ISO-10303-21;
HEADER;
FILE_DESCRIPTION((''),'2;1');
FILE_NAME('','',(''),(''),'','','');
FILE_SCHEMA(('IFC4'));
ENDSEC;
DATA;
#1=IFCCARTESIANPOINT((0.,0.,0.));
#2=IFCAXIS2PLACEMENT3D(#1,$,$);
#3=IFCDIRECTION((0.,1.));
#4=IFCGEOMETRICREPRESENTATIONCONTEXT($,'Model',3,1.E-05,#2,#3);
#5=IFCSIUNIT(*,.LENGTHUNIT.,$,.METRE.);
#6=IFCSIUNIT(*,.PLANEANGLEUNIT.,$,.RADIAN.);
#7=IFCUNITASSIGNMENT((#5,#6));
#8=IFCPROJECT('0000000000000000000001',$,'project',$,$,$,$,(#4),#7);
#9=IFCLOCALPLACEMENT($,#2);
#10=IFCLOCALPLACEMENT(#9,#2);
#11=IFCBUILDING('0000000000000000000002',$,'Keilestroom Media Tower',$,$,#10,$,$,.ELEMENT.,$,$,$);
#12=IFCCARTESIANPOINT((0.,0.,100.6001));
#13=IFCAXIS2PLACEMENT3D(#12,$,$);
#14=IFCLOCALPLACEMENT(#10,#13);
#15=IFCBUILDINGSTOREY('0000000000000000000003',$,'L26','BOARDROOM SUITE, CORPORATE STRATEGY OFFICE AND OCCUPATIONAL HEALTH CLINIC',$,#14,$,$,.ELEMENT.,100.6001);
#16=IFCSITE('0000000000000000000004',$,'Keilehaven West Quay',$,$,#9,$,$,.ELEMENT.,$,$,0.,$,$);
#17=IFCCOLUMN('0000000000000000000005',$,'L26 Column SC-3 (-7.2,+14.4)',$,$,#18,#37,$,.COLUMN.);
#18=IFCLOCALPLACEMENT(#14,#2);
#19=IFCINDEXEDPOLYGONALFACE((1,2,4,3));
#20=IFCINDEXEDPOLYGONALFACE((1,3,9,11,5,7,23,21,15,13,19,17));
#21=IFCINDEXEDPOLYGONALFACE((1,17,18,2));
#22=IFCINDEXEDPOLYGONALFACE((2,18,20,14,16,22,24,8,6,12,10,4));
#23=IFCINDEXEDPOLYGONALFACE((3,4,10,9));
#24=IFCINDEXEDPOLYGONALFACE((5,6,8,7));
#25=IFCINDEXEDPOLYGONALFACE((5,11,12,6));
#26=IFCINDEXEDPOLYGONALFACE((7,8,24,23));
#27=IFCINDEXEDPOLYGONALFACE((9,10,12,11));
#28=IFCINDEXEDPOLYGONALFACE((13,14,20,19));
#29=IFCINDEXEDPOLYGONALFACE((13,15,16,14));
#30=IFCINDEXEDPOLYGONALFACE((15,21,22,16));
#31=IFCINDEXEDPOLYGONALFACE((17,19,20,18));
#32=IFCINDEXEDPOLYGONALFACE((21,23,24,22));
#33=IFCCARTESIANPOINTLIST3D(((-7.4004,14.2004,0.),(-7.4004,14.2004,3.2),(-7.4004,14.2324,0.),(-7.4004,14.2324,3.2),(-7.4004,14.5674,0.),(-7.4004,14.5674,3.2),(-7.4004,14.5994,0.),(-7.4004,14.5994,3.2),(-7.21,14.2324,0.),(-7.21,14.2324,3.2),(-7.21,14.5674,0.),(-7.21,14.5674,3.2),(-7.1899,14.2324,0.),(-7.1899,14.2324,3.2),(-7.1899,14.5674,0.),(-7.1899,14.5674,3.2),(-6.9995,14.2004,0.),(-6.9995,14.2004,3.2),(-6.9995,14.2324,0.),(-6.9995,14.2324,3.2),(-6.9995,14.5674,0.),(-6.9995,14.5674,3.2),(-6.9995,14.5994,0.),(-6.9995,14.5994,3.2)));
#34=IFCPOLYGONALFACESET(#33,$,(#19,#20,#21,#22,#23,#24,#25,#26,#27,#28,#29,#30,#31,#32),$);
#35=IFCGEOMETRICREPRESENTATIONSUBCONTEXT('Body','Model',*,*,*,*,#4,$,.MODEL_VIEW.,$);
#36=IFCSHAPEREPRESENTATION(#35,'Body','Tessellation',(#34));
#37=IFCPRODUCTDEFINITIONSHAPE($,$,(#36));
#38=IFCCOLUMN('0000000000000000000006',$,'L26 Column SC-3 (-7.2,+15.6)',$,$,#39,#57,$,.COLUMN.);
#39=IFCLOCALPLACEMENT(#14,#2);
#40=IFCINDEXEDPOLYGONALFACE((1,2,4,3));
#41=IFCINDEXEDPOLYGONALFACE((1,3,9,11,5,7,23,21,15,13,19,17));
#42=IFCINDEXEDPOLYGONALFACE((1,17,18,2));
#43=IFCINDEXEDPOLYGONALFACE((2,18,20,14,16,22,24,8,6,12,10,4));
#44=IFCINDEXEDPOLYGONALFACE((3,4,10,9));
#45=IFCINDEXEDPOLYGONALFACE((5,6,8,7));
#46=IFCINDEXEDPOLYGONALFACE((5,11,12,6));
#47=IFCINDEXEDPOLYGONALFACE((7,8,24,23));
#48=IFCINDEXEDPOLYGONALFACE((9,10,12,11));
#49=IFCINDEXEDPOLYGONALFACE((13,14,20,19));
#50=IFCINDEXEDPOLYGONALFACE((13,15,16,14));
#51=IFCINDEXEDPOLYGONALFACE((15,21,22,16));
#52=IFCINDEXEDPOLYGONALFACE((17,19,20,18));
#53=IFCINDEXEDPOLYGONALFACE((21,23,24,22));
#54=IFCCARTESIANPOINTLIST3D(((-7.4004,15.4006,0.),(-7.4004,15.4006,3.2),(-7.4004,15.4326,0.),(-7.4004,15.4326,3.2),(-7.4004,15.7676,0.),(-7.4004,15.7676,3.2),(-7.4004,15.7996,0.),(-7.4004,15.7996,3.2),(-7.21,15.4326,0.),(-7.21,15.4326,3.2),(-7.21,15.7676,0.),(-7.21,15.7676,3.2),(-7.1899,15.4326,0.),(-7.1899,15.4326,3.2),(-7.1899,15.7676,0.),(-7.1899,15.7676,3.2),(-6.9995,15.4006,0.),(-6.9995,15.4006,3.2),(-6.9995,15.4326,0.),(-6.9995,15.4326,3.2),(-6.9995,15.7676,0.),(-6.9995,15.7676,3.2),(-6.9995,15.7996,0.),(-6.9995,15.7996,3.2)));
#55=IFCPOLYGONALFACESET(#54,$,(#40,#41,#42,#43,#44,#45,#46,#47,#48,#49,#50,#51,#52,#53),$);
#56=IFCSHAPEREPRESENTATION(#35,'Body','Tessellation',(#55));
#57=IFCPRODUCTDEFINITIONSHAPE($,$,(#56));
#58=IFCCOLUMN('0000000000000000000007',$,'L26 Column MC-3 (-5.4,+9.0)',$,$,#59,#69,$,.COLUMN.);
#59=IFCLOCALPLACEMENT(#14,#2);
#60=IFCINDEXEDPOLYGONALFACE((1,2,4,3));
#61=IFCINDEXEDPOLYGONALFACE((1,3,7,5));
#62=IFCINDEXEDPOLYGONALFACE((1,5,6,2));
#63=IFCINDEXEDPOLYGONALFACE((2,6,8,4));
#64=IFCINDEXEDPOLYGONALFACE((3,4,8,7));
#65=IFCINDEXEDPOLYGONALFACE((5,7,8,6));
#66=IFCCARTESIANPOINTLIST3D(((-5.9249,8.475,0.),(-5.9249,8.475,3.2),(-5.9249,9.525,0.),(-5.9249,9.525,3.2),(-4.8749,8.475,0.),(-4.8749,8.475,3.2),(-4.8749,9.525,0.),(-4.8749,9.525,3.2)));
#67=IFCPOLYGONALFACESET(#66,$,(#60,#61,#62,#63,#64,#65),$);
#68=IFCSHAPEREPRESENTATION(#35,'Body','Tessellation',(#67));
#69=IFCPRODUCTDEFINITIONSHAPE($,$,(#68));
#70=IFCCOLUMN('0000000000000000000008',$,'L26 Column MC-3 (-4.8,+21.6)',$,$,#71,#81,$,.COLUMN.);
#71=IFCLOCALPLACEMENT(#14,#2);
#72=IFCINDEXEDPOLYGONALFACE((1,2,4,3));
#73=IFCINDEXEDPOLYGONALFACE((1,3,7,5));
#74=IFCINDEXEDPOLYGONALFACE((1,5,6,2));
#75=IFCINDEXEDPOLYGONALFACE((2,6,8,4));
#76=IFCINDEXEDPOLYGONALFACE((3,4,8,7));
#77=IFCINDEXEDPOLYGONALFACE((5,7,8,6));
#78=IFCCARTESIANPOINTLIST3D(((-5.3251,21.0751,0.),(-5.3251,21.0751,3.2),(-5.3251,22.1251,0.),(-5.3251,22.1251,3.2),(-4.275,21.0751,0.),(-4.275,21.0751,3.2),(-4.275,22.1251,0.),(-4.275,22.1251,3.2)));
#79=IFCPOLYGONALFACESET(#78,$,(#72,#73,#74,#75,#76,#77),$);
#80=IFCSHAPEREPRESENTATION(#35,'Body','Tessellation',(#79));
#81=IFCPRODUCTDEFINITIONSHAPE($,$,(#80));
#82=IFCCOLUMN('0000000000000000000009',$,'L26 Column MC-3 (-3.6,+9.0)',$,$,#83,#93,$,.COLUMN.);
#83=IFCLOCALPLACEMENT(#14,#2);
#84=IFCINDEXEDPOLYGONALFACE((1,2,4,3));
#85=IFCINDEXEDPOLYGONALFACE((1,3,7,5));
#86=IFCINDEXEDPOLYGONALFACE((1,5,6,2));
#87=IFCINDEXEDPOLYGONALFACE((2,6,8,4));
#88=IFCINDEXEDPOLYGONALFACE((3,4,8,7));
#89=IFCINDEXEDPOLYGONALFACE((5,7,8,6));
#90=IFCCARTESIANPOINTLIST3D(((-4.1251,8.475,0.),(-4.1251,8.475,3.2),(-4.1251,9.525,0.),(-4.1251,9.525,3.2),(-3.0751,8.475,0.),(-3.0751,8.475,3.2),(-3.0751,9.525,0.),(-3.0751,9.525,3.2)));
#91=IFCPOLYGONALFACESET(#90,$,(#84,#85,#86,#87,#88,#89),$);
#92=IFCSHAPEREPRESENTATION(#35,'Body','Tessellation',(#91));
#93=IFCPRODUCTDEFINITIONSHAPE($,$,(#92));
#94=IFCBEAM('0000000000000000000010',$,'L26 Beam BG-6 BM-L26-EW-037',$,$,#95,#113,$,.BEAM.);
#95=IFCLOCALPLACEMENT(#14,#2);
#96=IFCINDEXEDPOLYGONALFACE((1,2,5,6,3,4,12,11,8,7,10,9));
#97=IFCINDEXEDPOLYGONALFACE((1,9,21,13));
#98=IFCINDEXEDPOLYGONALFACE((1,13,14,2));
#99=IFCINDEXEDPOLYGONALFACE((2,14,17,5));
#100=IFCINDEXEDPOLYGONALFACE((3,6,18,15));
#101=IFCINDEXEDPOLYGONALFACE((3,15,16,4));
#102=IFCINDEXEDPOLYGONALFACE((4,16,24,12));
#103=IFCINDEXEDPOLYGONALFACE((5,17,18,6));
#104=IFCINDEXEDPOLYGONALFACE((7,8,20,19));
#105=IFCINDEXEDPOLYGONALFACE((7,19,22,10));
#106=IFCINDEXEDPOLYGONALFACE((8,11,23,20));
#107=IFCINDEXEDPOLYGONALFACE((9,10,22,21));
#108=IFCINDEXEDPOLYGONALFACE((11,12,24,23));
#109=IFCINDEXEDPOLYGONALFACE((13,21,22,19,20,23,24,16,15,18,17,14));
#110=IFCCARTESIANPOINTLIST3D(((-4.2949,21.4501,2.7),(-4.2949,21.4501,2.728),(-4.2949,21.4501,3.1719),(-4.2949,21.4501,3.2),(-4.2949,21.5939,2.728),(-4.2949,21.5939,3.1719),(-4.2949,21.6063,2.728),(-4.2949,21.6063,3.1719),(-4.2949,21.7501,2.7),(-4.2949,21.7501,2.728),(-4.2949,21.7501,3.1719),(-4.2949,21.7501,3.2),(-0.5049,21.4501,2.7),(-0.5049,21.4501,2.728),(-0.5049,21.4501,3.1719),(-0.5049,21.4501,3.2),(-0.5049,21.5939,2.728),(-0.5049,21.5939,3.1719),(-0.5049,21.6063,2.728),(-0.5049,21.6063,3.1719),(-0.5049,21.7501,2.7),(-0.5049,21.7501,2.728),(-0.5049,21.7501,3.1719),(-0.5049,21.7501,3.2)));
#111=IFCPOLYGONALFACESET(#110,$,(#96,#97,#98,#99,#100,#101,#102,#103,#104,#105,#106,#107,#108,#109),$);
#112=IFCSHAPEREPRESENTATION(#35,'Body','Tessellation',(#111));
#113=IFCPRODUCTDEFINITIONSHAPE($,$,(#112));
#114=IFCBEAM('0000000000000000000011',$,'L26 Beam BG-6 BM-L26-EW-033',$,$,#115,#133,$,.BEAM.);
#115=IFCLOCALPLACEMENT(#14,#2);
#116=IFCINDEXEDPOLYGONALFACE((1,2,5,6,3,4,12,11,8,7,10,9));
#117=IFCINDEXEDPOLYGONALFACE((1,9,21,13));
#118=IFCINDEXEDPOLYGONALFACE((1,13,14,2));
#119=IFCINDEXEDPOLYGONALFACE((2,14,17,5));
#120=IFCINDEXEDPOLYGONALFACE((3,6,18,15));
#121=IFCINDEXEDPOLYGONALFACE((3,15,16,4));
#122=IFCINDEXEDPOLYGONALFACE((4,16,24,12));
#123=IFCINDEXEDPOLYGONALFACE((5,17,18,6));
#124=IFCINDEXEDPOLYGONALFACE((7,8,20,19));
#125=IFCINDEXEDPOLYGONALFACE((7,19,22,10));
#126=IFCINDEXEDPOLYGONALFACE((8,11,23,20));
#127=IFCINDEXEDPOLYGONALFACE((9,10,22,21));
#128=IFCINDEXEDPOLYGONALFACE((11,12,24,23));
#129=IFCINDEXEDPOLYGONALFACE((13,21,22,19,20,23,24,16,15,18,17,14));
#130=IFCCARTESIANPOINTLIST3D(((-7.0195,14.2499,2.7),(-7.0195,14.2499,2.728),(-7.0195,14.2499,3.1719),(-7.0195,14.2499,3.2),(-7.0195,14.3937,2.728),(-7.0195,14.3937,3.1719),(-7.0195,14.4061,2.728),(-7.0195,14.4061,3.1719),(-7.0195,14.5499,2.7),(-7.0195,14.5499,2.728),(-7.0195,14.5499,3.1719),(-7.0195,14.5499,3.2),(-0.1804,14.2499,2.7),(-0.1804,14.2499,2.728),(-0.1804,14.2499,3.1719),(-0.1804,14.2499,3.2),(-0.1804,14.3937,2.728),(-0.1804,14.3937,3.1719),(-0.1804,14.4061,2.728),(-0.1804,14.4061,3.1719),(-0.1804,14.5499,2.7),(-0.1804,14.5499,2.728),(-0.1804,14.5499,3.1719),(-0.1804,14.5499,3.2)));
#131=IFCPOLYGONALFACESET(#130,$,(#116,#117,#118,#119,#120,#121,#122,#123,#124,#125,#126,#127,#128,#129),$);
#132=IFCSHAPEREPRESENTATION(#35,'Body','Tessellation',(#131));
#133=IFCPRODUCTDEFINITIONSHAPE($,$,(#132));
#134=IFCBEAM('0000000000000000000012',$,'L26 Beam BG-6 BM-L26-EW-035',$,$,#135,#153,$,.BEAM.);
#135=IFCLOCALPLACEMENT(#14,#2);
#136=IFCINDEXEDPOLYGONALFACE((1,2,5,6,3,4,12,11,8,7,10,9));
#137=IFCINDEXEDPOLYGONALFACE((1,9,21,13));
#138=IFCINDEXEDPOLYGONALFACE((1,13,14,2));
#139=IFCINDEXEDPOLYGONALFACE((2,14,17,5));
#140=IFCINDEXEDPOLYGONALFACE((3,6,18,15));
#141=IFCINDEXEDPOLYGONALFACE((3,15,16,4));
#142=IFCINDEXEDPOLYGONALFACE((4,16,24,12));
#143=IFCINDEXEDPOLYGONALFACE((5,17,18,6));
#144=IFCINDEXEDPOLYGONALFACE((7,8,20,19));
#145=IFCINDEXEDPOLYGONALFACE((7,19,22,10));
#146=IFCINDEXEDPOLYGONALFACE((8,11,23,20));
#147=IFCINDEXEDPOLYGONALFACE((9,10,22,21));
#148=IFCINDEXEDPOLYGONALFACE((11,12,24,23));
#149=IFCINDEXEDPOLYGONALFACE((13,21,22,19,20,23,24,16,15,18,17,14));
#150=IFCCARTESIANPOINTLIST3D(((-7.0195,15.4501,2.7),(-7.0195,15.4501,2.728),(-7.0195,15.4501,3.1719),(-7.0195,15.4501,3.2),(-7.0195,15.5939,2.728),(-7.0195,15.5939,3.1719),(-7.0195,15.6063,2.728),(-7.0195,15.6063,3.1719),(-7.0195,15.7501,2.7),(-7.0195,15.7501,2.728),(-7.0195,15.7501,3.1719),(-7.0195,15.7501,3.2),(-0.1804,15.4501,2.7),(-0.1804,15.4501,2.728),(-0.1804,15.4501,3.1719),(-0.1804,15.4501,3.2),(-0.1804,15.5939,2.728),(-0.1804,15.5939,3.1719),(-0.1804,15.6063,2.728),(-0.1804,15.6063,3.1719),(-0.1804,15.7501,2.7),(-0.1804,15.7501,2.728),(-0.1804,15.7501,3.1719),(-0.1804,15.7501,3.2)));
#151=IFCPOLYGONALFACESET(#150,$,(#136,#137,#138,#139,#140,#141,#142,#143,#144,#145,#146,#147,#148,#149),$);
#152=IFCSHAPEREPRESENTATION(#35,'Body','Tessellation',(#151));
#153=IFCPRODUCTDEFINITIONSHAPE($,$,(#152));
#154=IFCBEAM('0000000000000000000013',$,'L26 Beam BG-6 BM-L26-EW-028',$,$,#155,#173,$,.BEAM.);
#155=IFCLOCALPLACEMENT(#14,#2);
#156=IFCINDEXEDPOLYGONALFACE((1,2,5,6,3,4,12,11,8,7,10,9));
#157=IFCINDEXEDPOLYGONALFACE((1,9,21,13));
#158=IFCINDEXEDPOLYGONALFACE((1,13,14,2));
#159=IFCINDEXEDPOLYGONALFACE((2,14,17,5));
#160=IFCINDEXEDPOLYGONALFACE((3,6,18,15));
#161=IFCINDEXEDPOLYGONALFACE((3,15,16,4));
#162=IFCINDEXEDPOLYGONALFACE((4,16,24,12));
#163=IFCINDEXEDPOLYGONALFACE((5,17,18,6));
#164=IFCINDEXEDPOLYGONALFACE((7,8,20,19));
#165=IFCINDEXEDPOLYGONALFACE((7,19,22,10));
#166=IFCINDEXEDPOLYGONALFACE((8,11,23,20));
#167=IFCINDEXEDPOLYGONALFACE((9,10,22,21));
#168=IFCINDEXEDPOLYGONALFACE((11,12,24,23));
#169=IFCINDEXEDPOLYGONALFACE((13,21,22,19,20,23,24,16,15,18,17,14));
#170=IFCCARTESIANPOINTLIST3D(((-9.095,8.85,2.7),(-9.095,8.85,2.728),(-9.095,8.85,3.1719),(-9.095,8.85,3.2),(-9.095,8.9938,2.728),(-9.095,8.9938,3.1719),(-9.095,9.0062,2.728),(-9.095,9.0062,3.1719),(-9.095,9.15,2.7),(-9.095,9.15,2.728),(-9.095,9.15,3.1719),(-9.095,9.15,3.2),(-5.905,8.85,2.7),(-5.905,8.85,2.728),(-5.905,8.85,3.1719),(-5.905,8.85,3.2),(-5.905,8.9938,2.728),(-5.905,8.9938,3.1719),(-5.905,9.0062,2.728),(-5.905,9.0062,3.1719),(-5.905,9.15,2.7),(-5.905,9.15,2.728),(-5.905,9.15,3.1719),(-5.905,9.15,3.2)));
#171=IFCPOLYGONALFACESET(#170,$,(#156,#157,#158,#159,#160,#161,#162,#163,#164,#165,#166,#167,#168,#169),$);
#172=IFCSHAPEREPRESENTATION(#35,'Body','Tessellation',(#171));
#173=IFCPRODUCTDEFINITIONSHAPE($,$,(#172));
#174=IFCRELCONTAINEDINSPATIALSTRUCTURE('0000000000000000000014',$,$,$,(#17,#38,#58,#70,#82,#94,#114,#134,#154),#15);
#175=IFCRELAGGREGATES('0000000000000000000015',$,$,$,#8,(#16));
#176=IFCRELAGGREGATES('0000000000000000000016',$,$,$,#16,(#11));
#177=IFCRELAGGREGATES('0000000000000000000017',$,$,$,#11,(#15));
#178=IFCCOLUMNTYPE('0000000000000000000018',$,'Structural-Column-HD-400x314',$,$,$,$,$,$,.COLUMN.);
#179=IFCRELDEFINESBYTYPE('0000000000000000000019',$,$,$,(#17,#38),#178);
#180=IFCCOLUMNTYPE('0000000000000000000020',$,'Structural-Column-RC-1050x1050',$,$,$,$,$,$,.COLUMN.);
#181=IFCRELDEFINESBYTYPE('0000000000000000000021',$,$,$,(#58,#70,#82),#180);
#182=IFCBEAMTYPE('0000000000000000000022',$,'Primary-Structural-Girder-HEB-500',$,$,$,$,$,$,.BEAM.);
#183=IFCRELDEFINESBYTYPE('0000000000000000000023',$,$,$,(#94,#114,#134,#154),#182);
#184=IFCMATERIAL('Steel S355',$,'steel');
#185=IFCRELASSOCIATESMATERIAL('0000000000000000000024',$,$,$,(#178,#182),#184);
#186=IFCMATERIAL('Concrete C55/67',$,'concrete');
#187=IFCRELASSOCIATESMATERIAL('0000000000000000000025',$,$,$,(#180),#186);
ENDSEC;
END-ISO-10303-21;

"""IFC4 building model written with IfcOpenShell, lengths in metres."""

from ifc_helpers import new_model, si_unit, direction, frame, origin, origin_2d, place, context, subcontext, project, spatial, rectangle, i_section, extrude, source, transform, mapped, material, material_profile, profile_set, type_object, element, save


model = new_model("IFC4")

# Units and contexts
model_context = context("Model", 3, precision=1e-05, world=origin(), true_north=direction((0.0, 1.0)))
body_context = subcontext(model_context, "Body", "Model", "MODEL_VIEW")
ifc_project = project(units=[si_unit("LENGTHUNIT", "METRE"), si_unit("PLANEANGLEUNIT", "RADIAN")], contexts=[model_context])

# Site, building, storey
site_placement = place(None, origin())
site = spatial("IfcSite", under=ifc_project, at=site_placement, Name="Keilehaven West Quay", CompositionType="ELEMENT", RefElevation=0.0)
building_placement = place(site_placement, origin())
building = spatial("IfcBuilding", under=site, at=building_placement, Name="Keilestroom Media Tower", CompositionType="ELEMENT")
storey_placement = place(building_placement, frame((0.0, 0.0, 100.6001)))
storey = spatial("IfcBuildingStorey", under=building, at=storey_placement, Name="L26", Description="BOARDROOM SUITE, CORPORATE STRATEGY OFFICE AND OCCUPATIONAL HEALTH CLINIC", CompositionType="ELEMENT", Elevation=100.6001)

# Columns
ifc_material_1 = material(Name="Steel S355", Category="steel")
ifc_material_profile_1 = material_profile(ifc_material_1, i_section(OverallWidth=0.4009, OverallDepth=0.3989, WebThickness=0.02, FlangeThickness=0.032, at=origin_2d()), Name="HD 400x314")
ifc_profile_set_1 = profile_set([ifc_material_profile_1], Name="Steel S355")
column_type_1 = type_object("IfcColumnType", Name="Structural-Column-HD-400x314", PredefinedType="COLUMN", material=ifc_profile_set_1)
shared_shape_1 = source(origin(), body_context, "Body", "SweptSolid", [
    extrude(i_section(OverallWidth=0.4009, OverallDepth=0.3989, WebThickness=0.02, FlangeThickness=0.032, at=origin_2d()), origin(), (0.0, 0.0, 1.0), 3.2),
])
for number, where, z_axis, x_axis, name in (
    (1, (-7.2, 14.3999, 0.0), (0.0, 0.0, 1.0), (1.0, 0.0, 0.0), "L26 Column SC-3 (-7.2,+14.4)"),
    (2, (-7.2, 15.6001, 0.0), (0.0, 0.0, 1.0), (1.0, 0.0, 0.0), "L26 Column SC-3 (-7.2,+15.6)"),
):
    element("IfcColumn", number, at=place(storey_placement, frame(where, z_axis=z_axis, x_axis=x_axis)), inside=storey, type_object=column_type_1, Name=name, PredefinedType="COLUMN", context=body_context, shape_type="MappedRepresentation", body=[
        mapped(shared_shape_1, transform((0.0, 0.0, 0.0), x_axis=(1.0, 0.0, 0.0), y_axis=(0.0, 1.0, 0.0), z_axis=(0.0, 0.0, 1.0), scale=1.0)),
    ])
ifc_material_2 = material(Name="Concrete C55/67", Category="concrete")
ifc_material_profile_2 = material_profile(ifc_material_2, rectangle(XDim=1.05, YDim=1.05, at=origin_2d()), Name="RC 1050x1050")
ifc_profile_set_2 = profile_set([ifc_material_profile_2], Name="Concrete C55/67")
column_type_2 = type_object("IfcColumnType", Name="Structural-Column-RC-1050x1050", PredefinedType="COLUMN", material=ifc_profile_set_2)
shared_shape_2 = source(origin(), body_context, "Body", "SweptSolid", [
    extrude(rectangle(XDim=1.05, YDim=1.05, at=origin_2d()), origin(), (0.0, 0.0, 1.0), 3.2),
])
for number, where, z_axis, x_axis, name in (
    (3, (-5.3999, 9.0, 0.0), (0.0, 0.0, 1.0), (1.0, 0.0, 0.0), "L26 Column MC-3 (-5.4,+9.0)"),
    (4, (-4.8, 21.6001, 0.0), (0.0, 0.0, 1.0), (1.0, 0.0, 0.0), "L26 Column MC-3 (-4.8,+21.6)"),
    (5, (-3.6001, 9.0, 0.0), (0.0, 0.0, 1.0), (1.0, 0.0, 0.0), "L26 Column MC-3 (-3.6,+9.0)"),
):
    element("IfcColumn", number, at=place(storey_placement, frame(where, z_axis=z_axis, x_axis=x_axis)), inside=storey, type_object=column_type_2, Name=name, PredefinedType="COLUMN", context=body_context, shape_type="MappedRepresentation", body=[
        mapped(shared_shape_2, transform((0.0, 0.0, 0.0), x_axis=(1.0, 0.0, 0.0), y_axis=(0.0, 1.0, 0.0), z_axis=(0.0, 0.0, 1.0), scale=1.0)),
    ])

# Beams
ifc_material_profile_3 = material_profile(ifc_material_1, i_section(OverallWidth=0.3, OverallDepth=0.5, WebThickness=0.0125, FlangeThickness=0.0281, at=origin_2d()), Name="HEB 500")
ifc_profile_set_3 = profile_set([ifc_material_profile_3], Name="Steel S355")
beam_type = type_object("IfcBeamType", Name="Primary-Structural-Girder-HEB-500", PredefinedType="BEAM", material=ifc_profile_set_3)
shared_shape_3 = source(origin(), body_context, "Body", "SweptSolid", [
    extrude(i_section(OverallWidth=0.3, OverallDepth=0.5, WebThickness=0.0125, FlangeThickness=0.0281, at=origin_2d()), origin(), (0.0, 0.0, 1.0), 3.79),
])
beam_1_placement = place(storey_placement, frame((-4.2949, 21.6001, 2.95), z_axis=(1.0, 0.0, 0.0), x_axis=(0.0, 1.0, 0.0)))
element("IfcBeam", 6, at=beam_1_placement, inside=storey, type_object=beam_type, Name="L26 Beam BG-6 BM-L26-EW-037", PredefinedType="BEAM", context=body_context, shape_type="MappedRepresentation", body=[
    mapped(shared_shape_3, transform((0.0, 0.0, 0.0), x_axis=(1.0, 0.0, 0.0), y_axis=(0.0, 1.0, 0.0), z_axis=(0.0, 0.0, 1.0), scale=1.0)),
])
shared_shape_4 = source(origin(), body_context, "Body", "SweptSolid", [
    extrude(i_section(OverallWidth=0.3, OverallDepth=0.5, WebThickness=0.0125, FlangeThickness=0.0281, at=origin_2d()), origin(), (0.0, 0.0, 1.0), 6.8391),
])
for number, where, z_axis, x_axis, name in (
    (7, (-7.0195, 14.3999, 2.95), (1.0, 0.0, 0.0), (0.0, 1.0, 0.0), "L26 Beam BG-6 BM-L26-EW-033"),
    (8, (-7.0195, 15.6001, 2.95), (1.0, 0.0, 0.0), (0.0, 1.0, 0.0), "L26 Beam BG-6 BM-L26-EW-035"),
):
    element("IfcBeam", number, at=place(storey_placement, frame(where, z_axis=z_axis, x_axis=x_axis)), inside=storey, type_object=beam_type, Name=name, PredefinedType="BEAM", context=body_context, shape_type="MappedRepresentation", body=[
        mapped(shared_shape_4, transform((0.0, 0.0, 0.0), x_axis=(1.0, 0.0, 0.0), y_axis=(0.0, 1.0, 0.0), z_axis=(0.0, 0.0, 1.0), scale=1.0)),
    ])
shared_shape_5 = source(origin(), body_context, "Body", "SweptSolid", [
    extrude(i_section(OverallWidth=0.3, OverallDepth=0.5, WebThickness=0.0125, FlangeThickness=0.0281, at=origin_2d()), origin(), (0.0, 0.0, 1.0), 3.1899),
])
beam_2_placement = place(storey_placement, frame((-9.095, 9.0, 2.95), z_axis=(1.0, 0.0, 0.0), x_axis=(0.0, 1.0, 0.0)))
element("IfcBeam", 9, at=beam_2_placement, inside=storey, type_object=beam_type, Name="L26 Beam BG-6 BM-L26-EW-028", PredefinedType="BEAM", context=body_context, shape_type="MappedRepresentation", body=[
    mapped(shared_shape_5, transform((0.0, 0.0, 0.0), x_axis=(1.0, 0.0, 0.0), y_axis=(0.0, 1.0, 0.0), z_axis=(0.0, 0.0, 1.0), scale=1.0)),
])

save(model, "model.ifc")
